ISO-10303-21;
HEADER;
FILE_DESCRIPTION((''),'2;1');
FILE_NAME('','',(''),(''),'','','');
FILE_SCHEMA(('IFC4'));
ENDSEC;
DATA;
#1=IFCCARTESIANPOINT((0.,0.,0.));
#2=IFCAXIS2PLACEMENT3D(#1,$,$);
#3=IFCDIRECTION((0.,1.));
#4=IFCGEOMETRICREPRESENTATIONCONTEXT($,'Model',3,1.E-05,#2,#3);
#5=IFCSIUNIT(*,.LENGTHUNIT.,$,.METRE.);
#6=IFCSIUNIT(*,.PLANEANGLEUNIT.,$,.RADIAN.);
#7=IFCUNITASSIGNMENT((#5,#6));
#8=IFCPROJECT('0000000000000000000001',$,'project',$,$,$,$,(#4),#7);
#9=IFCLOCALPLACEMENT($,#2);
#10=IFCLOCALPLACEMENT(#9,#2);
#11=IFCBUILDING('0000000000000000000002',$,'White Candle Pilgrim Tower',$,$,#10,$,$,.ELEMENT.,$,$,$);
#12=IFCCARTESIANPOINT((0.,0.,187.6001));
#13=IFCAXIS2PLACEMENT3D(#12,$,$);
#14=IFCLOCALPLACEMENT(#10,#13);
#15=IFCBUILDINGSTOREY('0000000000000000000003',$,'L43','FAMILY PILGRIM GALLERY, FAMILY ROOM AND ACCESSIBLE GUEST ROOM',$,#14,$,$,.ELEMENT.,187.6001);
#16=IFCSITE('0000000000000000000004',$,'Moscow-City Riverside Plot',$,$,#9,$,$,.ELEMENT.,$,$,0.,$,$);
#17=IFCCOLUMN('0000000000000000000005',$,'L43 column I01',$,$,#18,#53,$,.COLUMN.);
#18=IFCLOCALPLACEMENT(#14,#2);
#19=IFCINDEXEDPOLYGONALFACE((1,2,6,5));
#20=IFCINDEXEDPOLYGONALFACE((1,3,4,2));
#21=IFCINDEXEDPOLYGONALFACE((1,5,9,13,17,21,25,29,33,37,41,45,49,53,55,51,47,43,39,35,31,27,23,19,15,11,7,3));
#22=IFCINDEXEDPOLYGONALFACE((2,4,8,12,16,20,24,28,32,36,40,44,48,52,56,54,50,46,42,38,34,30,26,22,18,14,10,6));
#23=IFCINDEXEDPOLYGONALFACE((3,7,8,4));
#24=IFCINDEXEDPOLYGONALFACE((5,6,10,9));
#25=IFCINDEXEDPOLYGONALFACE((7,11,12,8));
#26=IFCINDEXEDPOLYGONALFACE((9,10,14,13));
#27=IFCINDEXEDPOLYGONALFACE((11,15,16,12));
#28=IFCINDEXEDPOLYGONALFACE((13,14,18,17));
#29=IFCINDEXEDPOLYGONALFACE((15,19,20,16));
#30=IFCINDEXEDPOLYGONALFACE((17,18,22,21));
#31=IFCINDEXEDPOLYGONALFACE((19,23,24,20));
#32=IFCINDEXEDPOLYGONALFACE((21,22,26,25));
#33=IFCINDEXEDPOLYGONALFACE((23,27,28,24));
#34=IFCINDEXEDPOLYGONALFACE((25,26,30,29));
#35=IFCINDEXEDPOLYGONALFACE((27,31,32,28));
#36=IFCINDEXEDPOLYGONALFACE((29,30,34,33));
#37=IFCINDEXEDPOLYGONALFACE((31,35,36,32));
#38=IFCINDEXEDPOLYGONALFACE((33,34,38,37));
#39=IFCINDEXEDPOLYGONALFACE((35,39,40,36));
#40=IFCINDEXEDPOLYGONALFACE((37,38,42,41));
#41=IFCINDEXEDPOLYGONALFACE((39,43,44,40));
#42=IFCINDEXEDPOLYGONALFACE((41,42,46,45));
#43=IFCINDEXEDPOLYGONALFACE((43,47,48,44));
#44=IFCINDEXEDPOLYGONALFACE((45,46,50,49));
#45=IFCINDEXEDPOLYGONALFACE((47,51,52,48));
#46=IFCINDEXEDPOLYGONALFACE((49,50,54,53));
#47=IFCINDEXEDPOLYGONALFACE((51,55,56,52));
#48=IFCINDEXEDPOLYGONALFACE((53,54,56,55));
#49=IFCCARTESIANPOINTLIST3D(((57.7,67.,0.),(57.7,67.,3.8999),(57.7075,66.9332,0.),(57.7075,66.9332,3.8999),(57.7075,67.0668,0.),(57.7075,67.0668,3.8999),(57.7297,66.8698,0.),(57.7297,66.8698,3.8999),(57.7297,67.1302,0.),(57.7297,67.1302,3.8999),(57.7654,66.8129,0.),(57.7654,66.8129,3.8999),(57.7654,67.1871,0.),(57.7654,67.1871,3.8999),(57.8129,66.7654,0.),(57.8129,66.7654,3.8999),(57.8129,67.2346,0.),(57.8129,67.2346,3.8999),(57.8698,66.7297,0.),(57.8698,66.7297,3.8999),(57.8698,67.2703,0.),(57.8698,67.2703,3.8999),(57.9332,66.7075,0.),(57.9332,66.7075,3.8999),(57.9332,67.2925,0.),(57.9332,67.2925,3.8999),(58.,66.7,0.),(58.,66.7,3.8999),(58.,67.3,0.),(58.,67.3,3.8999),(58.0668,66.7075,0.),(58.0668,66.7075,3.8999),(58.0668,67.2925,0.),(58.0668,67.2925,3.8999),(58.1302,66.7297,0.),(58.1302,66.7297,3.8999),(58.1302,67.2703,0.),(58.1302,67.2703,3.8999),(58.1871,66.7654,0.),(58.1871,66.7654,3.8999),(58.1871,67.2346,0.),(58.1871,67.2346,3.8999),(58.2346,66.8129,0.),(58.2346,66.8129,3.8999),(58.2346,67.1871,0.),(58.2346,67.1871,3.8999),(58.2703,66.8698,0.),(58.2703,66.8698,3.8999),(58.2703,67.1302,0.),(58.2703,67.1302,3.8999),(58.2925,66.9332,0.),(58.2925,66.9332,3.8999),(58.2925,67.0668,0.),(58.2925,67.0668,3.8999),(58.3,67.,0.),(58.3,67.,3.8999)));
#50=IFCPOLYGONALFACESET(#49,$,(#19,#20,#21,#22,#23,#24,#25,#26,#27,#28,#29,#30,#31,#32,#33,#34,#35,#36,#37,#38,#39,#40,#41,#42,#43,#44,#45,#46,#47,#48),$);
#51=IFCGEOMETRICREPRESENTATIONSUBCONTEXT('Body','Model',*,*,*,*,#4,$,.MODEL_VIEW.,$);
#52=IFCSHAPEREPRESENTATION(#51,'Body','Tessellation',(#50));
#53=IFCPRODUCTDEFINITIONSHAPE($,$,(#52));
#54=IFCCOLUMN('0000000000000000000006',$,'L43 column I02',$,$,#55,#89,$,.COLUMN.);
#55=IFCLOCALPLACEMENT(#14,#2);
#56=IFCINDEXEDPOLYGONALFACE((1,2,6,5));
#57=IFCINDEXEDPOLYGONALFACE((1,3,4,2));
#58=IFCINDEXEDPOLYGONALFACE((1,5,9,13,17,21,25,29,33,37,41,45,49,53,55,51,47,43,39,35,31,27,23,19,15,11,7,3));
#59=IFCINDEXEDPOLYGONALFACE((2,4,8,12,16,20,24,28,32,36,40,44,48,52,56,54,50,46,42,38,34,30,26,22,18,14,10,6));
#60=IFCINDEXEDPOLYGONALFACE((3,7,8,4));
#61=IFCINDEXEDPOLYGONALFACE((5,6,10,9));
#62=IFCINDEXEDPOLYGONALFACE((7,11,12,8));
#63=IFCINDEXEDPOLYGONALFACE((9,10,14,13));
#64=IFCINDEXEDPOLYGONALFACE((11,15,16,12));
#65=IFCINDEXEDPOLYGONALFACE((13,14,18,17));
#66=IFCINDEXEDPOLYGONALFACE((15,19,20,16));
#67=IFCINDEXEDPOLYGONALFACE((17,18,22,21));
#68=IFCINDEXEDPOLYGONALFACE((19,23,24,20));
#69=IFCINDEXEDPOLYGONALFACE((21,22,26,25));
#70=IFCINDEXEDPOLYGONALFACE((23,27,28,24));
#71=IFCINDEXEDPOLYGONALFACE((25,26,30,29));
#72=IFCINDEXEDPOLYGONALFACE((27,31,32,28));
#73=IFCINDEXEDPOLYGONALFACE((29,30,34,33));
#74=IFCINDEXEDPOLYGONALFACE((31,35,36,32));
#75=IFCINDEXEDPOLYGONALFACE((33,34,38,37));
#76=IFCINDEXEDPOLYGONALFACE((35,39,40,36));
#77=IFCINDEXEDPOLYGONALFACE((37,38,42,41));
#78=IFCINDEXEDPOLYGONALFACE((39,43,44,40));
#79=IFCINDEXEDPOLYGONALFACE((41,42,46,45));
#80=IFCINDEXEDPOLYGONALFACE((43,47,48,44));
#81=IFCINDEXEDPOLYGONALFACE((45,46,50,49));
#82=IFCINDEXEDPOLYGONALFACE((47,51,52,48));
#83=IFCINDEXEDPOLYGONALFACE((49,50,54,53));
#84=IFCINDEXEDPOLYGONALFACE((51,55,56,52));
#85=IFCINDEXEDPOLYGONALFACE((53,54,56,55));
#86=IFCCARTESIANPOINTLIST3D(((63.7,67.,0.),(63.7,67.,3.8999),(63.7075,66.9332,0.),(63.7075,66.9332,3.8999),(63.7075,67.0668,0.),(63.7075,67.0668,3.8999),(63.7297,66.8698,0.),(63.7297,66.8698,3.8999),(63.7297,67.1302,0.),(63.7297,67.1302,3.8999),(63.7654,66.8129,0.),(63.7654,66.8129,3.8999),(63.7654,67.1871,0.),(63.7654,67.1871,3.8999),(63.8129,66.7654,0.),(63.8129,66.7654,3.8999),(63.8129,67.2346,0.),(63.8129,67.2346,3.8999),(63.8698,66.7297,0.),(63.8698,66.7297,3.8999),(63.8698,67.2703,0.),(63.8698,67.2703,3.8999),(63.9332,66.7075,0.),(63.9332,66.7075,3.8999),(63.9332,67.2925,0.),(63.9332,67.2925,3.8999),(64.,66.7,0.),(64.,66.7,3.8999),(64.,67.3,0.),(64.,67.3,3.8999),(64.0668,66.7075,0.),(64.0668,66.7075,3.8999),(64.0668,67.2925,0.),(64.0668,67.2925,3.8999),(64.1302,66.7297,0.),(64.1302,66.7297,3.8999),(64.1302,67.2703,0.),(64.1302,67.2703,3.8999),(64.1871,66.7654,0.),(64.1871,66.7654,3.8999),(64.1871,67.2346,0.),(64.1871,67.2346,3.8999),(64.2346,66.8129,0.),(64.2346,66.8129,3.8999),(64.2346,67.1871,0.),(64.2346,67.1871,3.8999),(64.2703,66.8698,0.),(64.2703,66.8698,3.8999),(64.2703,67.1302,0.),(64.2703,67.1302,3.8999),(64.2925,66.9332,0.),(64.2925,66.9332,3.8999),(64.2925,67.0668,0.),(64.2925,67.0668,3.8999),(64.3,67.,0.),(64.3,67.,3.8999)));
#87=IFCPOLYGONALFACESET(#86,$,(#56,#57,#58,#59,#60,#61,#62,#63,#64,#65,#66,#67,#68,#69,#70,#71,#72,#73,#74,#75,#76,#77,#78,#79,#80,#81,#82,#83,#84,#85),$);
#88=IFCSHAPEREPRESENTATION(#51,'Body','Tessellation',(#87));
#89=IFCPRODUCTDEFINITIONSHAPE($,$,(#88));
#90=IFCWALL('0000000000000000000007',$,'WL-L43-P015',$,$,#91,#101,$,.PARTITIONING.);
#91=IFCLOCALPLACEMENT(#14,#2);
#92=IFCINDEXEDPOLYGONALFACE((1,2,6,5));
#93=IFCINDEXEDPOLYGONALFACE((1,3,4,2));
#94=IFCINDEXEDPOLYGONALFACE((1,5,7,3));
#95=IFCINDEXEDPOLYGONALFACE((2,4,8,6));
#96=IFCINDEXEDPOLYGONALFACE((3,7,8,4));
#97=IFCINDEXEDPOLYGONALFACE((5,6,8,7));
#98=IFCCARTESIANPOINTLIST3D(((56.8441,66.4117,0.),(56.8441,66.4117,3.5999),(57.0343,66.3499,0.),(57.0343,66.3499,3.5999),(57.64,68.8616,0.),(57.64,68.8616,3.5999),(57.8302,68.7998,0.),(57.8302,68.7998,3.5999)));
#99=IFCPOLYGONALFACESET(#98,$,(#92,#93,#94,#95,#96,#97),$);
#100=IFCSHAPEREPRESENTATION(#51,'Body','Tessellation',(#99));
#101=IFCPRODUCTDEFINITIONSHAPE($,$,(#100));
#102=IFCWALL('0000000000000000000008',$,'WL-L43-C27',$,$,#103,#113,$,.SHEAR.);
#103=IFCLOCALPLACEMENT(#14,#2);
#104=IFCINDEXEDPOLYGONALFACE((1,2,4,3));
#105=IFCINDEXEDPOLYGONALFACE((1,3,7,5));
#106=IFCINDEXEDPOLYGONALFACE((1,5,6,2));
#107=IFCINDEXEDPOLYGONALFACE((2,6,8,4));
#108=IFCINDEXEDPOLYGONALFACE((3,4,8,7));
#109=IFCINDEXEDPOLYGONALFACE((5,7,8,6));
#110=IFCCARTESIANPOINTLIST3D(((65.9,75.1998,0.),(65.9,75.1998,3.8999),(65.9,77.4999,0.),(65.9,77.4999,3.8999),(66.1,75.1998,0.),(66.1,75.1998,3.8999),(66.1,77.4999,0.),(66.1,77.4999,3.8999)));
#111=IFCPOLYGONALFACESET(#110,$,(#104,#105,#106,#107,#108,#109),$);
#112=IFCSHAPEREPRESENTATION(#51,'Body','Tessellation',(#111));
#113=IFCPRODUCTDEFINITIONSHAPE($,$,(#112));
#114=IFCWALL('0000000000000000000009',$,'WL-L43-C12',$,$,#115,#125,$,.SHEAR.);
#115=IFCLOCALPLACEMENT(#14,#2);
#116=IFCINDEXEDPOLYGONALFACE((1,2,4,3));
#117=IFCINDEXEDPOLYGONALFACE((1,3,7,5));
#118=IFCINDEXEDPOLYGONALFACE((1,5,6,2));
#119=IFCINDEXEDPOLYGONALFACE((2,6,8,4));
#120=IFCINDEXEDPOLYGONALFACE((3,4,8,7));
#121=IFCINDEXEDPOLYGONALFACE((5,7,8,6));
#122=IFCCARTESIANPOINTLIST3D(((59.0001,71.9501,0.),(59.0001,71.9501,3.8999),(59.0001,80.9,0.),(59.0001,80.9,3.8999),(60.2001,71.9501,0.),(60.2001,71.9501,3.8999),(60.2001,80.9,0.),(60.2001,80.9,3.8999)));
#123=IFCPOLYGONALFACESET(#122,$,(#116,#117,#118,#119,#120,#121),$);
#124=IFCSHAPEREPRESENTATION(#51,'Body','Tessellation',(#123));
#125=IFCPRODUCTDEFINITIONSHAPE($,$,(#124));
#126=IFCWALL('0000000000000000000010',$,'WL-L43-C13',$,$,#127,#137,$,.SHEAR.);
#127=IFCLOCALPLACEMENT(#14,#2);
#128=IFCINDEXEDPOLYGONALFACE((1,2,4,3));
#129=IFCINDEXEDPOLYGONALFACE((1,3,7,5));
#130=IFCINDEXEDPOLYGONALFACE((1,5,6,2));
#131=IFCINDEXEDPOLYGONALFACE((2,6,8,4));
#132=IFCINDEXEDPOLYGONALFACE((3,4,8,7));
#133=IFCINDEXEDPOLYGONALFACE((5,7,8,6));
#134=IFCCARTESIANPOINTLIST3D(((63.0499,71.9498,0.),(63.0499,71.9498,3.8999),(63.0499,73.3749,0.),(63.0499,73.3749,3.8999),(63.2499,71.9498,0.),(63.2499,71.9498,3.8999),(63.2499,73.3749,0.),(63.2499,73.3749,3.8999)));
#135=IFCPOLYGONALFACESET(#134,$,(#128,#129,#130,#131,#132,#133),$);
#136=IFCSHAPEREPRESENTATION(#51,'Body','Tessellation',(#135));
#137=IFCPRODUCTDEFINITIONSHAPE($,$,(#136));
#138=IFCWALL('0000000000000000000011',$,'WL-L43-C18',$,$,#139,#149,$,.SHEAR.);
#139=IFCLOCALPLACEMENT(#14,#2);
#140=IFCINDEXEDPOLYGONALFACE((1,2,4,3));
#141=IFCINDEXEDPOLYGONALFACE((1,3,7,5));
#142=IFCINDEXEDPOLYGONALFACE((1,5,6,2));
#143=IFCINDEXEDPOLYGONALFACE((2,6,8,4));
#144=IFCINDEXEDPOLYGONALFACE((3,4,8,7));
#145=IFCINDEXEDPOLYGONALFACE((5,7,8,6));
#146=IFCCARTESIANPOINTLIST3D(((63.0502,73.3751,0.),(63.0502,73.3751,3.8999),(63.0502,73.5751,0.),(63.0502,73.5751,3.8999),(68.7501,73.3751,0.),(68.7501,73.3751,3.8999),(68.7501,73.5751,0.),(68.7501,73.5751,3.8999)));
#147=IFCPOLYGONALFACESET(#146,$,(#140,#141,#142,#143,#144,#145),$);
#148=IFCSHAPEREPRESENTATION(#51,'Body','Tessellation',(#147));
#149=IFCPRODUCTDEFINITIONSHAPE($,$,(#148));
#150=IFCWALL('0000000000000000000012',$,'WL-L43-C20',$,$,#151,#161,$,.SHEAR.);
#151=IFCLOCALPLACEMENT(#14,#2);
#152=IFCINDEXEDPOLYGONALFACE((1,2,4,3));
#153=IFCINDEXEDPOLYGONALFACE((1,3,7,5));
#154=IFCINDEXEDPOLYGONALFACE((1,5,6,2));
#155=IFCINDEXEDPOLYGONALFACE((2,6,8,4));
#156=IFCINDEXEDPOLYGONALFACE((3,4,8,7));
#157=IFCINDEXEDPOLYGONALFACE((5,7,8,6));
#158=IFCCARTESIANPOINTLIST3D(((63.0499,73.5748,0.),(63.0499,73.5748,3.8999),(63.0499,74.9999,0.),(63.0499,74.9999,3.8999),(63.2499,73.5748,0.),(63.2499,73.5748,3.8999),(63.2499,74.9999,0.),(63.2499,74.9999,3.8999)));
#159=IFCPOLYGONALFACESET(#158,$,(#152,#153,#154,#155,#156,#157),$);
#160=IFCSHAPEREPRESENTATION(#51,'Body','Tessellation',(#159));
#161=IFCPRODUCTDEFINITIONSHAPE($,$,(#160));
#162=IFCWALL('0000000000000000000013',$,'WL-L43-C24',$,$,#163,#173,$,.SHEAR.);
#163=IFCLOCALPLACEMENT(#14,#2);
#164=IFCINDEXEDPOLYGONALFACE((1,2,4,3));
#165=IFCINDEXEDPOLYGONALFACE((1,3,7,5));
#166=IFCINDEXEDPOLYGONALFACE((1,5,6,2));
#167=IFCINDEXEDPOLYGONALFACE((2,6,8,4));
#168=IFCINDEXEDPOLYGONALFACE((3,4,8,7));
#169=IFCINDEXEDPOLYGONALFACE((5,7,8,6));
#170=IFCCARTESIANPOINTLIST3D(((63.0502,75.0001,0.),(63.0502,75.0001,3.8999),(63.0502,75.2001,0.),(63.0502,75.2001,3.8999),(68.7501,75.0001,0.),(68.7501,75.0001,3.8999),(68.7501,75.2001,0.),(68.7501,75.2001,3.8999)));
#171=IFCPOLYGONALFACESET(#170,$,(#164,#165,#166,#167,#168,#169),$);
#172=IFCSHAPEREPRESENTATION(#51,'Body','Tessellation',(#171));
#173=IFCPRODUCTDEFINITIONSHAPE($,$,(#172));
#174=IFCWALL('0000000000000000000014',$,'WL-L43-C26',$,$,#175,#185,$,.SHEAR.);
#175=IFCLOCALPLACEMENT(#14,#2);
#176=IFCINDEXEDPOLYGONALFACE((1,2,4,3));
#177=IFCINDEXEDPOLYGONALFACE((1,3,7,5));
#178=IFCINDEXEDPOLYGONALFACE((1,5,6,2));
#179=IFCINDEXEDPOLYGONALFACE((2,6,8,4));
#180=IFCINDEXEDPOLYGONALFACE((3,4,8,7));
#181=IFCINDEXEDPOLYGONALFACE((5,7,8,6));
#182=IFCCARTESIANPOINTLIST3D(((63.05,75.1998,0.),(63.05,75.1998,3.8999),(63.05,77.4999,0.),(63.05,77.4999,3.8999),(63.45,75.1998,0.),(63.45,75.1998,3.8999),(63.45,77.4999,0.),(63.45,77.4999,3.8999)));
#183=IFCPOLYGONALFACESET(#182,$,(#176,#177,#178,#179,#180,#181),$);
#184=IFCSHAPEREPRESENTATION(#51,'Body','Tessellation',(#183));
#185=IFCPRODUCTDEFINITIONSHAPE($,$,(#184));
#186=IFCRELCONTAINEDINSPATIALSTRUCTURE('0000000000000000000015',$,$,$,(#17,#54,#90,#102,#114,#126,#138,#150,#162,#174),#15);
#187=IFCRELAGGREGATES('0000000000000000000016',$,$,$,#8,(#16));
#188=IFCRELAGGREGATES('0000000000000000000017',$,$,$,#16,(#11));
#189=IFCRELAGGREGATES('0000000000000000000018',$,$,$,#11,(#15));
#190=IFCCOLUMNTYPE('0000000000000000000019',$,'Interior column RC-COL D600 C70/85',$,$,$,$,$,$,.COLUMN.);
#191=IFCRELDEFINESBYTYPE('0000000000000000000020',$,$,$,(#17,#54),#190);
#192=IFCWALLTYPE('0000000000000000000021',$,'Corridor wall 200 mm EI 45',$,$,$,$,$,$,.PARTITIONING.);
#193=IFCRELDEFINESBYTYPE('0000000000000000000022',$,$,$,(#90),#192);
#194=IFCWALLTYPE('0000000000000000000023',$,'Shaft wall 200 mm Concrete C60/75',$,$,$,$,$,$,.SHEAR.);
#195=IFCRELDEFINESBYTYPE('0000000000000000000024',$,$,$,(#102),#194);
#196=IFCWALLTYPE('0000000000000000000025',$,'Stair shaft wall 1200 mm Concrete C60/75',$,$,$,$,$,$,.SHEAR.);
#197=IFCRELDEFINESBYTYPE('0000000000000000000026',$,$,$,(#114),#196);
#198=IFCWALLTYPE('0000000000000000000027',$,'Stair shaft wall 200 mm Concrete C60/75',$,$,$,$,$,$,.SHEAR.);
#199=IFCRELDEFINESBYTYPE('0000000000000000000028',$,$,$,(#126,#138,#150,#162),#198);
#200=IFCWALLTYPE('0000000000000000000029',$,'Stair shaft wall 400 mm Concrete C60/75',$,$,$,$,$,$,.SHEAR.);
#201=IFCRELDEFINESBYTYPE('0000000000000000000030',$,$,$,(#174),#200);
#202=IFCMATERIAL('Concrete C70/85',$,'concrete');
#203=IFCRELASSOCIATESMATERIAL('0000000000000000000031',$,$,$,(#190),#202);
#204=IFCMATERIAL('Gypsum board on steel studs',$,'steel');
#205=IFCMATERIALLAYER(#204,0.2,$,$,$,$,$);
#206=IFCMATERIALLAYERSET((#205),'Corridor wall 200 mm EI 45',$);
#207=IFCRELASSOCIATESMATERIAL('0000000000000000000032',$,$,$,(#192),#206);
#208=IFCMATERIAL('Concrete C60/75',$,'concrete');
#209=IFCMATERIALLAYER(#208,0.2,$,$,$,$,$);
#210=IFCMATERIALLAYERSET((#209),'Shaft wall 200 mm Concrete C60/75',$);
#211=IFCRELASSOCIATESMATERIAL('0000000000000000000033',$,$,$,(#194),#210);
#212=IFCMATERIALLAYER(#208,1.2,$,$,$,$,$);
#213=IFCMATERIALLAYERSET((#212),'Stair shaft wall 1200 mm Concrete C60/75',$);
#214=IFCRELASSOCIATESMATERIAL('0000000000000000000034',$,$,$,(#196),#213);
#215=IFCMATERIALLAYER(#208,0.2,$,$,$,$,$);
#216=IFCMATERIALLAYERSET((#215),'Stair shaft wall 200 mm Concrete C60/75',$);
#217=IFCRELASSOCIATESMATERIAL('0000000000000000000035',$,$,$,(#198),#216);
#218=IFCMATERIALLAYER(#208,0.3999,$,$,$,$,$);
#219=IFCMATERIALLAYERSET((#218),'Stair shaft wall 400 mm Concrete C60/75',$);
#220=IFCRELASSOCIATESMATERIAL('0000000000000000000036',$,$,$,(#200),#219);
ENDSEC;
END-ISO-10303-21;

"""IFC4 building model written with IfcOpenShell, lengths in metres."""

from ifc_helpers import new_model, si_unit, direction, frame, frame_2d, origin, origin_2d, place, context, subcontext, project, spatial, rectangle, circle, extrude, material, layer, layer_set, material_profile, profile_set, type_object, element, save


model = new_model("IFC4")

# Units and contexts
model_context = context("Model", 3, precision=1e-05, world=origin(), true_north=direction((0.0, 1.0)))
body_context = subcontext(model_context, "Body", "Model", "MODEL_VIEW")
ifc_project = project(units=[si_unit("LENGTHUNIT", "METRE"), si_unit("PLANEANGLEUNIT", "RADIAN")], contexts=[model_context])

# Site, building, storey
site_placement = place(None, origin())
site = spatial("IfcSite", under=ifc_project, at=site_placement, Name="Moscow-City Riverside Plot", CompositionType="ELEMENT", RefElevation=0.0)
building_placement = place(site_placement, origin())
building = spatial("IfcBuilding", under=site, at=building_placement, Name="White Candle Pilgrim Tower", CompositionType="ELEMENT")
storey_placement = place(building_placement, frame((0.0, 0.0, 187.6001)))
storey = spatial("IfcBuildingStorey", under=building, at=storey_placement, Name="L43", Description="FAMILY PILGRIM GALLERY, FAMILY ROOM AND ACCESSIBLE GUEST ROOM", CompositionType="ELEMENT", Elevation=187.6001)

# Columns
ifc_material_1 = material(Name="Concrete C70/85", Category="concrete")
ifc_material_profile = material_profile(ifc_material_1, circle(Radius=0.3, at=origin_2d()), Name="RC-COL D600")
ifc_profile_set = profile_set([ifc_material_profile], Name="Concrete C70/85")
column_type = type_object("IfcColumnType", Name="Interior column RC-COL D600 C70/85", PredefinedType="COLUMN", material=ifc_profile_set)
for number, where, z_axis, x_axis, name in (
    (1, (58.0, 67.0, 0.0), (0.0, 0.0, 1.0), (1.0, 0.0, 0.0), "L43 column I01"),
    (2, (64.0, 67.0, 0.0), (0.0, 0.0, 1.0), (1.0, 0.0, 0.0), "L43 column I02"),
):
    element("IfcColumn", number, at=place(storey_placement, frame(where, z_axis=z_axis, x_axis=x_axis)), inside=storey, type_object=column_type, Name=name, PredefinedType="COLUMN", context=body_context, shape_type="SweptSolid", body=[
        extrude(circle(Radius=0.3, at=origin_2d()), origin(), (0.0, 0.0, 1.0), 3.8999),
    ])

# Walls
ifc_material_2 = material(Name="Gypsum board on steel studs", Category="steel")
ifc_layer_1 = layer(ifc_material_2, 0.2)
ifc_layer_set_1 = layer_set([ifc_layer_1], Name="Corridor wall 200 mm EI 45")
wall_type_1 = type_object("IfcWallType", Name="Corridor wall 200 mm EI 45", PredefinedType="PARTITIONING", material=ifc_layer_set_1)
wall_1_placement = place(storey_placement, frame((57.7351, 68.8308, 0.0), z_axis=(0.0, 0.0, 1.0), x_axis=(-0.308968, -0.951072, 0.0)))
element("IfcWall", 3, at=wall_1_placement, inside=storey, type_object=wall_type_1, Name="WL-L43-P015", PredefinedType="PARTITIONING", context=body_context, shape_type="SweptSolid", body=[
    extrude(rectangle(XDim=2.5759, YDim=0.2, at=frame_2d((1.2881, 0.0))), origin(), (0.0, 0.0, 1.0), 3.5999),
])
ifc_material_3 = material(Name="Concrete C60/75", Category="concrete")
ifc_layer_2 = layer(ifc_material_3, 0.2)
ifc_layer_set_2 = layer_set([ifc_layer_2], Name="Shaft wall 200 mm Concrete C60/75")
wall_type_2 = type_object("IfcWallType", Name="Shaft wall 200 mm Concrete C60/75", PredefinedType="SHEAR", material=ifc_layer_set_2)
wall_2_placement = place(storey_placement, frame((66.0, 75.2, 0.0), z_axis=(0.0, 0.0, 1.0), x_axis=(0.0, 1.0, 0.0)))
element("IfcWall", 4, at=wall_2_placement, inside=storey, type_object=wall_type_2, Name="WL-L43-C27", PredefinedType="SHEAR", context=body_context, shape_type="SweptSolid", body=[
    extrude(rectangle(XDim=2.3, YDim=0.2, at=frame_2d((1.1499, 0.0))), origin(), (0.0, 0.0, 1.0), 3.8999),
])
ifc_layer_3 = layer(ifc_material_3, 1.2)
ifc_layer_set_3 = layer_set([ifc_layer_3], Name="Stair shaft wall 1200 mm Concrete C60/75")
wall_type_3 = type_object("IfcWallType", Name="Stair shaft wall 1200 mm Concrete C60/75", PredefinedType="SHEAR", material=ifc_layer_set_3)
wall_3_placement = place(storey_placement, frame((59.6001, 71.95, 0.0), z_axis=(0.0, 0.0, 1.0), x_axis=(0.0, 1.0, 0.0)))
element("IfcWall", 5, at=wall_3_placement, inside=storey, type_object=wall_type_3, Name="WL-L43-C12", PredefinedType="SHEAR", context=body_context, shape_type="SweptSolid", body=[
    extrude(rectangle(XDim=8.95, YDim=1.2, at=frame_2d((4.4751, 0.0))), origin(), (0.0, 0.0, 1.0), 3.8999),
])
ifc_layer_4 = layer(ifc_material_3, 0.2)
ifc_layer_set_4 = layer_set([ifc_layer_4], Name="Stair shaft wall 200 mm Concrete C60/75")
wall_type_4 = type_object("IfcWallType", Name="Stair shaft wall 200 mm Concrete C60/75", PredefinedType="SHEAR", material=ifc_layer_set_4)
wall_4_placement = place(storey_placement, frame((63.1499, 71.95, 0.0), z_axis=(0.0, 0.0, 1.0), x_axis=(0.0, 1.0, 0.0)))
element("IfcWall", 6, at=wall_4_placement, inside=storey, type_object=wall_type_4, Name="WL-L43-C13", PredefinedType="SHEAR", context=body_context, shape_type="SweptSolid", body=[
    extrude(rectangle(XDim=1.425, YDim=0.2, at=frame_2d((0.7124, 0.0))), origin(), (0.0, 0.0, 1.0), 3.8999),
])
wall_5_placement = place(storey_placement, frame((63.05, 73.4751, 0.0), z_axis=(0.0, 0.0, 1.0), x_axis=(1.0, 0.0, 0.0)))
element("IfcWall", 7, at=wall_5_placement, inside=storey, type_object=wall_type_4, Name="WL-L43-C18", PredefinedType="SHEAR", context=body_context, shape_type="SweptSolid", body=[
    extrude(rectangle(XDim=5.7, YDim=0.2, at=frame_2d((2.8501, 0.0))), origin(), (0.0, 0.0, 1.0), 3.8999),
])
wall_6_placement = place(storey_placement, frame((63.1499, 73.575, 0.0), z_axis=(0.0, 0.0, 1.0), x_axis=(0.0, 1.0, 0.0)))
element("IfcWall", 8, at=wall_6_placement, inside=storey, type_object=wall_type_4, Name="WL-L43-C20", PredefinedType="SHEAR", context=body_context, shape_type="SweptSolid", body=[
    extrude(rectangle(XDim=1.425, YDim=0.2, at=frame_2d((0.7124, 0.0))), origin(), (0.0, 0.0, 1.0), 3.8999),
])
wall_7_placement = place(storey_placement, frame((63.05, 75.1001, 0.0), z_axis=(0.0, 0.0, 1.0), x_axis=(1.0, 0.0, 0.0)))
element("IfcWall", 9, at=wall_7_placement, inside=storey, type_object=wall_type_4, Name="WL-L43-C24", PredefinedType="SHEAR", context=body_context, shape_type="SweptSolid", body=[
    extrude(rectangle(XDim=5.7, YDim=0.2, at=frame_2d((2.8501, 0.0))), origin(), (0.0, 0.0, 1.0), 3.8999),
])
ifc_layer_5 = layer(ifc_material_3, 0.3999)
ifc_layer_set_5 = layer_set([ifc_layer_5], Name="Stair shaft wall 400 mm Concrete C60/75")
wall_type_5 = type_object("IfcWallType", Name="Stair shaft wall 400 mm Concrete C60/75", PredefinedType="SHEAR", material=ifc_layer_set_5)
wall_8_placement = place(storey_placement, frame((63.25, 75.2, 0.0), z_axis=(0.0, 0.0, 1.0), x_axis=(0.0, 1.0, 0.0)))
element("IfcWall", 10, at=wall_8_placement, inside=storey, type_object=wall_type_5, Name="WL-L43-C26", PredefinedType="SHEAR", context=body_context, shape_type="SweptSolid", body=[
    extrude(rectangle(XDim=2.3, YDim=0.3999, at=frame_2d((1.1499, 0.0))), origin(), (0.0, 0.0, 1.0), 3.8999),
])

save(model, "model.ifc")
